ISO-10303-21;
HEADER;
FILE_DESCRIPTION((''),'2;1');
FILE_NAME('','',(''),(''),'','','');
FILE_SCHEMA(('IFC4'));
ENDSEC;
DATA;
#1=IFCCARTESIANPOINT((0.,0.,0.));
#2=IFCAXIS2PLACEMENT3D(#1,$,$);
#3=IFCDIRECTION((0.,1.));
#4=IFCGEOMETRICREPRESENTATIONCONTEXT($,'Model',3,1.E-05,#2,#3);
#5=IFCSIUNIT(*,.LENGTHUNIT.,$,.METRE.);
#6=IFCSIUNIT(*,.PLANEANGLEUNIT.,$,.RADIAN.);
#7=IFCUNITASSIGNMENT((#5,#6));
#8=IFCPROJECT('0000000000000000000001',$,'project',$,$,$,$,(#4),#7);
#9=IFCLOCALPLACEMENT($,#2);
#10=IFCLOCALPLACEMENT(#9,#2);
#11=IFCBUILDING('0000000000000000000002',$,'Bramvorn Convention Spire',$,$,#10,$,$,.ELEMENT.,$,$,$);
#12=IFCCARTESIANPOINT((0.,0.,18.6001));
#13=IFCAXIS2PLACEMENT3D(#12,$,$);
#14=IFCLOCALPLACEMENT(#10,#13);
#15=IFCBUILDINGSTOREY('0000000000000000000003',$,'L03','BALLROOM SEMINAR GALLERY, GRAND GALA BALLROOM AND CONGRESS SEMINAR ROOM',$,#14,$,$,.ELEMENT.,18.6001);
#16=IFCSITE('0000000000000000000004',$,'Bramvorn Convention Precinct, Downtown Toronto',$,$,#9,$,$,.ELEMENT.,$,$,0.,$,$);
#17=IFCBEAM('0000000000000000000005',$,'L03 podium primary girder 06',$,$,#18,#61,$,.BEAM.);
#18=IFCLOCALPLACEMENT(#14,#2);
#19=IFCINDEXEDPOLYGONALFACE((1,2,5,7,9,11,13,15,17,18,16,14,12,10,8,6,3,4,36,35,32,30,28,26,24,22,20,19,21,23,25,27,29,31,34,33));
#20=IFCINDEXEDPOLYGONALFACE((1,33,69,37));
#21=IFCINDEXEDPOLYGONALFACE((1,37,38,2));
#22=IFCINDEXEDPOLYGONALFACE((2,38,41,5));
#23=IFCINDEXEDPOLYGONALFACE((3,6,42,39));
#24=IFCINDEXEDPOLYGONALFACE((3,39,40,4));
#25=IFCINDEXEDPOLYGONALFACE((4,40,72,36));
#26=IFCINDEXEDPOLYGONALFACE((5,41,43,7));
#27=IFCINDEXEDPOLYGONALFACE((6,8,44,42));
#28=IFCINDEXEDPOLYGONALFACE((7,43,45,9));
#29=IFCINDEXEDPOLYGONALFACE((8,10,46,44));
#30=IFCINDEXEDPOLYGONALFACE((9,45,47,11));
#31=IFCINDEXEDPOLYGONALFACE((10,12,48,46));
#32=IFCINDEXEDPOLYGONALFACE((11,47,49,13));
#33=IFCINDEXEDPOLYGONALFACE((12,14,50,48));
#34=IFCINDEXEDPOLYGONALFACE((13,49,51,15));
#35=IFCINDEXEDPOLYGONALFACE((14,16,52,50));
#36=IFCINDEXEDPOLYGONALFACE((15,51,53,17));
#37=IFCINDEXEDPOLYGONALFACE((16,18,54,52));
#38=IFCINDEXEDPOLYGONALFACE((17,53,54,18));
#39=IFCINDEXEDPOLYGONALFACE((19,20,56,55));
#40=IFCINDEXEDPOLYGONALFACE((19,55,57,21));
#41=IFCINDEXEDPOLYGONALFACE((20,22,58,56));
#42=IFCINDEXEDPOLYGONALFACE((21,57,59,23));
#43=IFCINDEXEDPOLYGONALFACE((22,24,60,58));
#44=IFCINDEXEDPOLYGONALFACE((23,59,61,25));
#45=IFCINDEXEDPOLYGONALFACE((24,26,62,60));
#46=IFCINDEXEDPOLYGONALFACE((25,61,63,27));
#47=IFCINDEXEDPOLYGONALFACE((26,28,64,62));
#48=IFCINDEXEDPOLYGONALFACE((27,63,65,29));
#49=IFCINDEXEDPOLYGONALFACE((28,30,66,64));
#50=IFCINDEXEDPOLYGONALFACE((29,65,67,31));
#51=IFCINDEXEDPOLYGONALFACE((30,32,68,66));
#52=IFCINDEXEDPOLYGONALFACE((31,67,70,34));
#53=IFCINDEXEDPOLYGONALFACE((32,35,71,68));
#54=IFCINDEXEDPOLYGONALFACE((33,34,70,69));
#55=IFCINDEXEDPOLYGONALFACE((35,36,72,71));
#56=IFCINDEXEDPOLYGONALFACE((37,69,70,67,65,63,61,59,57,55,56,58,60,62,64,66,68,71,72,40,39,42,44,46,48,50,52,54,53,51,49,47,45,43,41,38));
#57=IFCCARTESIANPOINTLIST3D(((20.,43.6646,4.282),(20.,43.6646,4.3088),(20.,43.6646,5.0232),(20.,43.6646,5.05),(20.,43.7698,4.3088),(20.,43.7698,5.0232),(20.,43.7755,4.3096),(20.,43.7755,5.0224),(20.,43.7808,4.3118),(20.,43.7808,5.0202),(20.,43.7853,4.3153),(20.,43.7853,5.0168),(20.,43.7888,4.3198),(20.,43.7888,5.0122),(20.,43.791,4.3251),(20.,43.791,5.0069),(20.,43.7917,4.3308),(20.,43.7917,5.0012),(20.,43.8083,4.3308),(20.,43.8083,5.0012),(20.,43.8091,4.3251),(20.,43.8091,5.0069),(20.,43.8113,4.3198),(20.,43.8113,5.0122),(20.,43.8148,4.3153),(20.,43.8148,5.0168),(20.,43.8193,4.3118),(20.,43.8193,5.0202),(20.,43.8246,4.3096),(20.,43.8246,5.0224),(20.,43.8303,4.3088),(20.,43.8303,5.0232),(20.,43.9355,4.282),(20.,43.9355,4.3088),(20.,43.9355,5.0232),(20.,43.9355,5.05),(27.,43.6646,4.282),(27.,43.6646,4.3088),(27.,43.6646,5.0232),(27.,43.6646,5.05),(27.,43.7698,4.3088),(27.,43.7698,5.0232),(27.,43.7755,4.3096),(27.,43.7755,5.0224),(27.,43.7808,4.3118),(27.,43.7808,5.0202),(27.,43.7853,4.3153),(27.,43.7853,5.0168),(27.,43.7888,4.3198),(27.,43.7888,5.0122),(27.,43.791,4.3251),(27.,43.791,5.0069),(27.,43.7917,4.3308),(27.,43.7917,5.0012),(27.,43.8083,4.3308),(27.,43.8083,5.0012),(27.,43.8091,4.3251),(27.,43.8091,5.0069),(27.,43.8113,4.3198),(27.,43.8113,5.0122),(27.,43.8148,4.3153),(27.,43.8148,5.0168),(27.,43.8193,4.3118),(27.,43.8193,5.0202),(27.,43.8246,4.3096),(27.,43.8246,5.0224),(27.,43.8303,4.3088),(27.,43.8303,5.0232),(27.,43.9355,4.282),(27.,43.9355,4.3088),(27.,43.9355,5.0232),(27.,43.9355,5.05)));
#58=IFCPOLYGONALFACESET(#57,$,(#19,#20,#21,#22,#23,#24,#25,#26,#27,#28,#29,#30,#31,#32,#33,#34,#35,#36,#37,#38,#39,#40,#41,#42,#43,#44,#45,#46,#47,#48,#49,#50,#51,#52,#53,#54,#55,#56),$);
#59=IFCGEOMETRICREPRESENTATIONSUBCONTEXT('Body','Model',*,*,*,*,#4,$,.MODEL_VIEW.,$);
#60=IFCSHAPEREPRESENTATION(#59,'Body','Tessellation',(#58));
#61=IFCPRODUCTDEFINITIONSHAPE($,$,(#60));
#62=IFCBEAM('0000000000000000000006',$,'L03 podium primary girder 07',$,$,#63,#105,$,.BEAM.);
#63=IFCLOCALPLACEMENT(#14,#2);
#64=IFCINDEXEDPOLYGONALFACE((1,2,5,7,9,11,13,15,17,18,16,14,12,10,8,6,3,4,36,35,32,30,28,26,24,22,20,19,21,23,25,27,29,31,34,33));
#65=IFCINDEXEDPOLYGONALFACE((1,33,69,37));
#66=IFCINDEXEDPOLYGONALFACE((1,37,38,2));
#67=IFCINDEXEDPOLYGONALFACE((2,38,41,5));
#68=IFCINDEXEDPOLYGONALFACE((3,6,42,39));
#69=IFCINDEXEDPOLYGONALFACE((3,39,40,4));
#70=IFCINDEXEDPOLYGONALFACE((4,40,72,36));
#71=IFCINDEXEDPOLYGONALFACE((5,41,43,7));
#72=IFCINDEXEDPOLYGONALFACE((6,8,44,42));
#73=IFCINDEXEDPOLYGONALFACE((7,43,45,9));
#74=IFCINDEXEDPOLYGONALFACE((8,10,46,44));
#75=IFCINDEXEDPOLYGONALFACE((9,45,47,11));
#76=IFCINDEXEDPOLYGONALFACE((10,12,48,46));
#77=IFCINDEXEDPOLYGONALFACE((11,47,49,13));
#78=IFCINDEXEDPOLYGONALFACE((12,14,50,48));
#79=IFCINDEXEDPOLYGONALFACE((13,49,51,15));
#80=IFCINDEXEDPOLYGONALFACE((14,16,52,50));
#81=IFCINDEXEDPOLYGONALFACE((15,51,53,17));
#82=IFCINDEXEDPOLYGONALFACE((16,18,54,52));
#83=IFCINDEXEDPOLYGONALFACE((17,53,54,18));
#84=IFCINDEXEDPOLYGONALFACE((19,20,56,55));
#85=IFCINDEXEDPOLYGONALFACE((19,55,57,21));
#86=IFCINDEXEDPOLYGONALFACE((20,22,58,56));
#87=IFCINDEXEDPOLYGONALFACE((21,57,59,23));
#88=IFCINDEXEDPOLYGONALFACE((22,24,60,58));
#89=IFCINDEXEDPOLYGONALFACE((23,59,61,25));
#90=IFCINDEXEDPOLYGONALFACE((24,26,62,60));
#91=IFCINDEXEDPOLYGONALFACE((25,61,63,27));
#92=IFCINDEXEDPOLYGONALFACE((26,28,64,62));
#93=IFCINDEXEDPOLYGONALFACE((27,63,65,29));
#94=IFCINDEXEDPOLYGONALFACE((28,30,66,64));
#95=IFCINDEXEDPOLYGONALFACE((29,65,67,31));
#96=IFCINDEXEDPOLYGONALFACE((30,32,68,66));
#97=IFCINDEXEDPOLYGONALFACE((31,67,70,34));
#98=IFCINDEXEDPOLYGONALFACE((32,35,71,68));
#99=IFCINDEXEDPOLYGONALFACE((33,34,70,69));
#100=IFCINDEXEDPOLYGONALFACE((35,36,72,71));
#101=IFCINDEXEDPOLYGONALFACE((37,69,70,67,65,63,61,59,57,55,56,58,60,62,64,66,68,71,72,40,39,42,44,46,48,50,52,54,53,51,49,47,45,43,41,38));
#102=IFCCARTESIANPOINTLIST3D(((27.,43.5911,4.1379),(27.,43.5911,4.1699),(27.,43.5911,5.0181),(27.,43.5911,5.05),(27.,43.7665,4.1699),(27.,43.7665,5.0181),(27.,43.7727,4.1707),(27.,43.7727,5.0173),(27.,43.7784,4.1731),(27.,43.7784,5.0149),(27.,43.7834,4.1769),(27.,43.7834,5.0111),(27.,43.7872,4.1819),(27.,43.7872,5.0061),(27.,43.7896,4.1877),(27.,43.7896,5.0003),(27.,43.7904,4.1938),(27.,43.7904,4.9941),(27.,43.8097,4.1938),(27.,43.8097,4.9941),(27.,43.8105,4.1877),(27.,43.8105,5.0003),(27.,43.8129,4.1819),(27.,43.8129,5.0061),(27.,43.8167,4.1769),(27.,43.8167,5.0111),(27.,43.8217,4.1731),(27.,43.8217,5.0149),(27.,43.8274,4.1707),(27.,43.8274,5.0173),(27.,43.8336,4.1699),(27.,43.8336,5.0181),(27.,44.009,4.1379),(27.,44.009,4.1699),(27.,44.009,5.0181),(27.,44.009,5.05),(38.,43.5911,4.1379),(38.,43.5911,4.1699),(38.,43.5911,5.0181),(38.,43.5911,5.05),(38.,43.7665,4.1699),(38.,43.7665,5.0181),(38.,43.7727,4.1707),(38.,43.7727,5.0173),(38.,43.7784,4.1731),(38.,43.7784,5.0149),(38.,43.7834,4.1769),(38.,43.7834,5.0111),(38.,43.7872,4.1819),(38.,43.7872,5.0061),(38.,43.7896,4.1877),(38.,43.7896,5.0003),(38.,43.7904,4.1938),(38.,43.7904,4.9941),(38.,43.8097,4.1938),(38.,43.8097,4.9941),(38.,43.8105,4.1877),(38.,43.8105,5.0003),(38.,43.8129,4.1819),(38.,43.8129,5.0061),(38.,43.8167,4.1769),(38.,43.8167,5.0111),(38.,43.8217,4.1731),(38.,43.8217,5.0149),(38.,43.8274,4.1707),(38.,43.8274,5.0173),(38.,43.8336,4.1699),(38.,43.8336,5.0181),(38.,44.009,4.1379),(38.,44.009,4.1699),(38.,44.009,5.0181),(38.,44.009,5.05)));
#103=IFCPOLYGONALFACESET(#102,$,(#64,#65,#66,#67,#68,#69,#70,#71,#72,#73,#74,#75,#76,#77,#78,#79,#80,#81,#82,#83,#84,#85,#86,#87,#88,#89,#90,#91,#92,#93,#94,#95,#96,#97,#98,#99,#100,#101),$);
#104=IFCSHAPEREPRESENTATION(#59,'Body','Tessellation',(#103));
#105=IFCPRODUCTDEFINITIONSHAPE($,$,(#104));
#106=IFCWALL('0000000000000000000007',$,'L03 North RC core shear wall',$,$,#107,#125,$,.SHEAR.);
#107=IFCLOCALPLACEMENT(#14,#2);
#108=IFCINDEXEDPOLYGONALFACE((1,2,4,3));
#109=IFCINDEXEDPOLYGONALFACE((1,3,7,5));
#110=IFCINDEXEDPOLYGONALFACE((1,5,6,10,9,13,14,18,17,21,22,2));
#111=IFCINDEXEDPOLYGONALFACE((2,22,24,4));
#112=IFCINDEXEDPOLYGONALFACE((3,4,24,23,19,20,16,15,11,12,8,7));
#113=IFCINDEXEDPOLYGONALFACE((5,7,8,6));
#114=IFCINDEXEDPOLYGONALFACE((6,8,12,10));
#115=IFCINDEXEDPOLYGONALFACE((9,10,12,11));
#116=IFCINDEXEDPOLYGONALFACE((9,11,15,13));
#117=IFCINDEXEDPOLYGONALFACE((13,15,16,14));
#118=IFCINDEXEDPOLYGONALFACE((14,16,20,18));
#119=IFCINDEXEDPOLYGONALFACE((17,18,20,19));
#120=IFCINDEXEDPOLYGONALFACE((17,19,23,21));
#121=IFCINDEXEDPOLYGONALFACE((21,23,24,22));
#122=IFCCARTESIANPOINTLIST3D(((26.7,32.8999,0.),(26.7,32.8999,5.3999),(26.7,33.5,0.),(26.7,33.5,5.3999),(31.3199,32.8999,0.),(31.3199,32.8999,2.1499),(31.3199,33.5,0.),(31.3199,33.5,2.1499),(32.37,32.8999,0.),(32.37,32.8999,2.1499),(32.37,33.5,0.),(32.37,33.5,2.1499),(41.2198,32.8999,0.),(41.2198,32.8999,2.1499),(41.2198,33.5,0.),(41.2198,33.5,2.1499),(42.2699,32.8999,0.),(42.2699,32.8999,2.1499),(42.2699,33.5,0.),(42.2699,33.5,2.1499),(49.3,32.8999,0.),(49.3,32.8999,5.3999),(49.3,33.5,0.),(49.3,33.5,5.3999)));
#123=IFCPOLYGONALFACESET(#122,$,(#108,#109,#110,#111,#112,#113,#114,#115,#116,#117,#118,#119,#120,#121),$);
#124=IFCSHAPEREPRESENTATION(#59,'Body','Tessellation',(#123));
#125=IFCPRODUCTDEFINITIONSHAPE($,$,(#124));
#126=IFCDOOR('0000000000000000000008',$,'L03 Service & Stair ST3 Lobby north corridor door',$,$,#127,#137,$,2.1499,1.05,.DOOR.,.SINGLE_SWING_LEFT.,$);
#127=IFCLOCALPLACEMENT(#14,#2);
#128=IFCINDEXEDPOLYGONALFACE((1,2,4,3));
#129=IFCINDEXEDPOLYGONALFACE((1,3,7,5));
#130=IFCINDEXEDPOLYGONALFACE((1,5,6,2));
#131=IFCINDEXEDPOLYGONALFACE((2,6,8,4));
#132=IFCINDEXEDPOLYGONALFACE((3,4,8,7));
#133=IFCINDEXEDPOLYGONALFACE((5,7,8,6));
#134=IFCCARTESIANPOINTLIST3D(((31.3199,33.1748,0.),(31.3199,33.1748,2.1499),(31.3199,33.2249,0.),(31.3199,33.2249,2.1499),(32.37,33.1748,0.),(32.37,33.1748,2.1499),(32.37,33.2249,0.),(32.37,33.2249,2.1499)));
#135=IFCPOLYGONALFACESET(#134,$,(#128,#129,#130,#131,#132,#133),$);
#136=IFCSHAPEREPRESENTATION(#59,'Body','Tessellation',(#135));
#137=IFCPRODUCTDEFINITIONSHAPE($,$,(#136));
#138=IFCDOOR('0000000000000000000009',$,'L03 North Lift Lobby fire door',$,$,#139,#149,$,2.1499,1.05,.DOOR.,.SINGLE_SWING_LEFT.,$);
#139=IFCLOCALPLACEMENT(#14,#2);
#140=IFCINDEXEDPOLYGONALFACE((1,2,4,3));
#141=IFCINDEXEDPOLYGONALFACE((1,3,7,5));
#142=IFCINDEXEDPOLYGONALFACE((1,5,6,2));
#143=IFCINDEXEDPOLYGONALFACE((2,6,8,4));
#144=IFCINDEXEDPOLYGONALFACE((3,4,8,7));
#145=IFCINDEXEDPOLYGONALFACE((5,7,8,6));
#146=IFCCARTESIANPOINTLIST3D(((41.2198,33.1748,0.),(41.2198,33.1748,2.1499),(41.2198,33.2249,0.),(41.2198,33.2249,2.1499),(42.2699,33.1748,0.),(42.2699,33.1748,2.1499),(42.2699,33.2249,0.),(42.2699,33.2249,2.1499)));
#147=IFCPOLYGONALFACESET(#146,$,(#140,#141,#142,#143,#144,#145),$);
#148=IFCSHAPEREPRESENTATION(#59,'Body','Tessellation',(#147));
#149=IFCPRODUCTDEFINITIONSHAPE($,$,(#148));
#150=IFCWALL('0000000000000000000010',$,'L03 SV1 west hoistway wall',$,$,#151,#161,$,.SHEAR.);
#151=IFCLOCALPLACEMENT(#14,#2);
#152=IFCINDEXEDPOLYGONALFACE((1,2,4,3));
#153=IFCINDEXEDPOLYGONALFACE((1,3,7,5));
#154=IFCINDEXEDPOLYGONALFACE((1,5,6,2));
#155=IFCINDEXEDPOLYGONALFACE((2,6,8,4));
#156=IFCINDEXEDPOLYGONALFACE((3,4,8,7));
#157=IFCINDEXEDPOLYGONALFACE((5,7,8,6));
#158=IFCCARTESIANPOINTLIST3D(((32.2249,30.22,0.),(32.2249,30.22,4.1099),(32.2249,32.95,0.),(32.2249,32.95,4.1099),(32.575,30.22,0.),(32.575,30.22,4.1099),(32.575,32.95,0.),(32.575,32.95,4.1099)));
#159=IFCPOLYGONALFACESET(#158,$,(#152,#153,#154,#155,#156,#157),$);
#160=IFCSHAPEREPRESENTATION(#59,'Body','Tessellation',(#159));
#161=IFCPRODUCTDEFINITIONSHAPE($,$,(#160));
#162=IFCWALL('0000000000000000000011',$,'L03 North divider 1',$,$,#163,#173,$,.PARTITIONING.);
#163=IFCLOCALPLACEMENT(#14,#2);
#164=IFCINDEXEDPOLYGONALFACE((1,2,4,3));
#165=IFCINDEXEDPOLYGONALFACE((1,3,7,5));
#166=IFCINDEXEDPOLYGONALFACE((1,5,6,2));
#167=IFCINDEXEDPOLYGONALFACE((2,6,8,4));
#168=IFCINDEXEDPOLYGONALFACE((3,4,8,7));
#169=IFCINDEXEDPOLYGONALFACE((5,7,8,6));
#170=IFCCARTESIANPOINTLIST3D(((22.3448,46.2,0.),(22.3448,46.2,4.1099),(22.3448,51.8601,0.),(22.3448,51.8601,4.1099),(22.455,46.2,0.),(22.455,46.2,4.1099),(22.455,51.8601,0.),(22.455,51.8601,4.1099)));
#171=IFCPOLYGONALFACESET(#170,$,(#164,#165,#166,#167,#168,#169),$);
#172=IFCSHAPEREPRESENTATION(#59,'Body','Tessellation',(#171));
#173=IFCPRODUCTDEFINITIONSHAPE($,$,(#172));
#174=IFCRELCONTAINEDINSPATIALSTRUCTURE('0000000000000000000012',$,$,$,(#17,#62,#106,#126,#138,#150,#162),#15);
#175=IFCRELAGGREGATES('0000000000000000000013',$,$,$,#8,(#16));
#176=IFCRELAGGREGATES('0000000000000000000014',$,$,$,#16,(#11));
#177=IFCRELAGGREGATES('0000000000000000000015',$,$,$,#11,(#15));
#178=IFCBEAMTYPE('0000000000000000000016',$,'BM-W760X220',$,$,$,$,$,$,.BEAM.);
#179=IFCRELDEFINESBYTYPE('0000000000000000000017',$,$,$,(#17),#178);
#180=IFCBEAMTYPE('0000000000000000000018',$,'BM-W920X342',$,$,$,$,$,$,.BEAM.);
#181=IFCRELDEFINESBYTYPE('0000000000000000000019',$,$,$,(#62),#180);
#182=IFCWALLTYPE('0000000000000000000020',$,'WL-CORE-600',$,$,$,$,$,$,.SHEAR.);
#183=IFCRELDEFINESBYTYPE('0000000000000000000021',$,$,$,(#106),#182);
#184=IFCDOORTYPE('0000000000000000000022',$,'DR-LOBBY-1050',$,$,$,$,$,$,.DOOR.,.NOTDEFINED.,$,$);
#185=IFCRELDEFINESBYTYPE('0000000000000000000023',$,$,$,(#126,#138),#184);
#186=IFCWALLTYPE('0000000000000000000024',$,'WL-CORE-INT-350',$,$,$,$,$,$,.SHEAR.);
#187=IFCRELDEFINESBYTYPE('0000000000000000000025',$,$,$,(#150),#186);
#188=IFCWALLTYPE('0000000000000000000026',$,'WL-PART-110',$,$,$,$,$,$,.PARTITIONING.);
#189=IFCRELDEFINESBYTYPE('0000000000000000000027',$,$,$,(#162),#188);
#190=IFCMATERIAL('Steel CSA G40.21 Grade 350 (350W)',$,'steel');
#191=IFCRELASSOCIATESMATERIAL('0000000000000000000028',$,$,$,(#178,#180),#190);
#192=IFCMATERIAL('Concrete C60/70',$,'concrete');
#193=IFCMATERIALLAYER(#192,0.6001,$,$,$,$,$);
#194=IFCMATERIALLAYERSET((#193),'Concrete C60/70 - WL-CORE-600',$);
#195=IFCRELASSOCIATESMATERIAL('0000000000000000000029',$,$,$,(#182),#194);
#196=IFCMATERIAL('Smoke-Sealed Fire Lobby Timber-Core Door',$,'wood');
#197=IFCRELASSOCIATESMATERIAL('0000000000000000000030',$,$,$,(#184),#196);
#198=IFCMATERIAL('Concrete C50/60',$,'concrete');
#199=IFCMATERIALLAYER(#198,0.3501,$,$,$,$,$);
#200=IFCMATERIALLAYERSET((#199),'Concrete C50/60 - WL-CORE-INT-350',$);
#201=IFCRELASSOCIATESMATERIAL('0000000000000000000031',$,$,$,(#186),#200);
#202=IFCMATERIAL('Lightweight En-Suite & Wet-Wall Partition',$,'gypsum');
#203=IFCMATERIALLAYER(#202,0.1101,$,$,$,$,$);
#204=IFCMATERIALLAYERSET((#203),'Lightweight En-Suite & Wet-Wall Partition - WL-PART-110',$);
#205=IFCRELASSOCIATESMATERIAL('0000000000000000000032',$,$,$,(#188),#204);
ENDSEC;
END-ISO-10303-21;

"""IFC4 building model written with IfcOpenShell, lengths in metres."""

from ifc_helpers import new_model, si_unit, direction, frame, frame_2d, origin, origin_2d, place, context, subcontext, project, spatial, rectangle, i_section, extrude, material, layer, layer_set, material_profile, profile_set, type_object, element, fill, save


model = new_model("IFC4")

# Units and contexts
model_context = context("Model", 3, precision=1e-05, world=origin(), true_north=direction((0.0, 1.0)))
body_context = subcontext(model_context, "Body", "Model", "MODEL_VIEW")
ifc_project = project(units=[si_unit("LENGTHUNIT", "METRE"), si_unit("PLANEANGLEUNIT", "RADIAN")], contexts=[model_context])

# Site, building, storey
site_placement = place(None, origin())
site = spatial("IfcSite", under=ifc_project, at=site_placement, Name="Bramvorn Convention Precinct, Downtown Toronto", CompositionType="ELEMENT", RefElevation=0.0)
building_placement = place(site_placement, origin())
building = spatial("IfcBuilding", under=site, at=building_placement, Name="Bramvorn Convention Spire", CompositionType="ELEMENT")
storey_placement = place(building_placement, frame((0.0, 0.0, 18.6001)))
storey = spatial("IfcBuildingStorey", under=building, at=storey_placement, Name="L03", Description="BALLROOM SEMINAR GALLERY, GRAND GALA BALLROOM AND CONGRESS SEMINAR ROOM", CompositionType="ELEMENT", Elevation=18.6001)

# Shared definitions
ifc_material_1 = material(Name="Steel CSA G40.21 Grade 350 (350W)", Category="steel")
ifc_material_2 = material(Name="Concrete C60/70", Category="concrete")

# Beams
ifc_material_profile_1 = material_profile(ifc_material_1, i_section(OverallWidth=0.271, OverallDepth=0.7681, WebThickness=0.0166, FlangeThickness=0.0269, FilletRadius=0.022, at=origin_2d()))
ifc_profile_set_1 = profile_set([ifc_material_profile_1], Name="Steel CSA G40.21 Grade 350 (350W) - W760X220")
beam_type_1 = type_object("IfcBeamType", Name="BM-W760X220", PredefinedType="BEAM", material=ifc_profile_set_1)
beam_1_placement = place(storey_placement, frame((20.0, 43.8, 4.666), z_axis=(1.0, 0.0, 0.0), x_axis=(0.0, 1.0, 0.0)))
element("IfcBeam", 1, at=beam_1_placement, inside=storey, type_object=beam_type_1, Name="L03 podium primary girder 06", PredefinedType="BEAM", context=body_context, shape_type="SweptSolid", body=[
    extrude(i_section(OverallWidth=0.271, OverallDepth=0.7681, WebThickness=0.0166, FlangeThickness=0.0269, FilletRadius=0.022, at=origin_2d()), origin(), (0.0, 0.0, 1.0), 7.0),
])
ifc_material_profile_2 = material_profile(ifc_material_1, i_section(OverallWidth=0.418, OverallDepth=0.9121, WebThickness=0.0193, FlangeThickness=0.032, FilletRadius=0.0239, at=origin_2d()))
ifc_profile_set_2 = profile_set([ifc_material_profile_2], Name="Steel CSA G40.21 Grade 350 (350W) - W920X342")
beam_type_2 = type_object("IfcBeamType", Name="BM-W920X342", PredefinedType="BEAM", material=ifc_profile_set_2)
beam_2_placement = place(storey_placement, frame((27.0, 43.8, 4.594), z_axis=(1.0, 0.0, 0.0), x_axis=(0.0, 1.0, 0.0)))
element("IfcBeam", 2, at=beam_2_placement, inside=storey, type_object=beam_type_2, Name="L03 podium primary girder 07", PredefinedType="BEAM", context=body_context, shape_type="SweptSolid", body=[
    extrude(i_section(OverallWidth=0.418, OverallDepth=0.9121, WebThickness=0.0193, FlangeThickness=0.032, FilletRadius=0.0239, at=origin_2d()), origin(), (0.0, 0.0, 1.0), 11.0),
])

# Wall, openings, doors
ifc_layer_1 = layer(ifc_material_2, 0.6001)
ifc_layer_set_1 = layer_set([ifc_layer_1], Name="Concrete C60/70 - WL-CORE-600")
wall_type_1 = type_object("IfcWallType", Name="WL-CORE-600", PredefinedType="SHEAR", material=ifc_layer_set_1)
wall_1_placement = place(storey_placement, frame((26.7, 33.2, 0.0), z_axis=(0.0, 0.0, 1.0), x_axis=(1.0, 0.0, 0.0)))
wall_1 = element("IfcWall", 3, at=wall_1_placement, inside=storey, type_object=wall_type_1, Name="L03 North RC core shear wall", PredefinedType="SHEAR", context=body_context, shape_type="SweptSolid", body=[
    extrude(rectangle(XDim=22.6001, YDim=0.6001, at=frame_2d((11.3, 0.0))), origin(), (0.0, 0.0, 1.0), 5.3999),
])
opening_1_placement = place(wall_1_placement, frame((4.6201, 0.0, 0.0)))
opening_1 = element("IfcOpeningElement", 4, at=opening_1_placement, cuts=wall_1, PredefinedType="OPENING", context=body_context, shape_type="SweptSolid", body=[
    extrude(rectangle(XDim=1.05, YDim=2.1499, at=frame_2d((0.5249, 1.075))), frame((0.0, 0.3101, 0.0), z_axis=(0.0, -1.0, 0.0), x_axis=(1.0, 0.0, 0.0)), (0.0, 0.0, 1.0), 0.6201),
])
opening_2_placement = place(wall_1_placement, frame((14.52, 0.0, 0.0)))
opening_2 = element("IfcOpeningElement", 5, at=opening_2_placement, cuts=wall_1, PredefinedType="OPENING", context=body_context, shape_type="SweptSolid", body=[
    extrude(rectangle(XDim=1.05, YDim=2.1499, at=frame_2d((0.5249, 1.075))), frame((0.0, 0.3101, 0.0), z_axis=(0.0, -1.0, 0.0), x_axis=(1.0, 0.0, 0.0)), (0.0, 0.0, 1.0), 0.6201),
])
ifc_material_3 = material(Name="Smoke-Sealed Fire Lobby Timber-Core Door", Category="wood")
door_type_1 = type_object("IfcDoorType", Name="DR-LOBBY-1050", OperationType="NOTDEFINED", PredefinedType="DOOR", material=ifc_material_3)
door_1_placement = place(opening_1_placement, origin())
door_1 = element("IfcDoor", 6, at=door_1_placement, inside=storey, type_object=door_type_1, Name="L03 Service & Stair ST3 Lobby north corridor door", OperationType="SINGLE_SWING_LEFT", OverallHeight=2.1499, OverallWidth=1.05, PredefinedType="DOOR", context=body_context, shape_type="SweptSolid", body=[
    extrude(rectangle(XDim=1.05, YDim=2.1499, at=frame_2d((0.5249, 1.075))), frame((0.0, 0.0249, 0.0), z_axis=(0.0, -1.0, 0.0), x_axis=(1.0, 0.0, 0.0)), (0.0, 0.0, 1.0), 0.05),
])
fill(opening_1, door_1)
door_2_placement = place(opening_2_placement, origin())
door_2 = element("IfcDoor", 7, at=door_2_placement, inside=storey, type_object=door_type_1, Name="L03 North Lift Lobby fire door", OperationType="SINGLE_SWING_LEFT", OverallHeight=2.1499, OverallWidth=1.05, PredefinedType="DOOR", context=body_context, shape_type="SweptSolid", body=[
    extrude(rectangle(XDim=1.05, YDim=2.1499, at=frame_2d((0.5249, 1.075))), frame((0.0, 0.0249, 0.0), z_axis=(0.0, -1.0, 0.0), x_axis=(1.0, 0.0, 0.0)), (0.0, 0.0, 1.0), 0.05),
])
fill(opening_2, door_2)

# Shared definitions
ifc_material_4 = material(Name="Concrete C50/60", Category="concrete")
ifc_layer_2 = layer(ifc_material_4, 0.3501)
ifc_layer_set_2 = layer_set([ifc_layer_2], Name="Concrete C50/60 - WL-CORE-INT-350")
wall_type_2 = type_object("IfcWallType", Name="WL-CORE-INT-350", PredefinedType="SHEAR", material=ifc_layer_set_2)

# Walls
wall_2_placement = place(storey_placement, frame((32.3999, 30.22, 0.0), z_axis=(0.0, 0.0, 1.0), x_axis=(0.0, 1.0, 0.0)))
element("IfcWall", 8, at=wall_2_placement, inside=storey, type_object=wall_type_2, Name="L03 SV1 west hoistway wall", PredefinedType="SHEAR", context=body_context, shape_type="SweptSolid", body=[
    extrude(rectangle(XDim=2.73, YDim=0.3501, at=frame_2d((1.365, 0.0))), origin(), (0.0, 0.0, 1.0), 4.1099),
])
ifc_material_5 = material(Name="Lightweight En-Suite & Wet-Wall Partition", Category="gypsum")
ifc_layer_3 = layer(ifc_material_5, 0.1101)
ifc_layer_set_3 = layer_set([ifc_layer_3], Name="Lightweight En-Suite & Wet-Wall Partition - WL-PART-110")
wall_type_3 = type_object("IfcWallType", Name="WL-PART-110", PredefinedType="PARTITIONING", material=ifc_layer_set_3)
wall_3_placement = place(storey_placement, frame((22.3999, 46.2, 0.0), z_axis=(0.0, 0.0, 1.0), x_axis=(0.0, 1.0, 0.0)))
element("IfcWall", 9, at=wall_3_placement, inside=storey, type_object=wall_type_3, Name="L03 North divider 1", PredefinedType="PARTITIONING", context=body_context, shape_type="SweptSolid", body=[
    extrude(rectangle(XDim=5.6602, YDim=0.1101, at=frame_2d((2.8301, 0.0))), origin(), (0.0, 0.0, 1.0), 4.1099),
])

save(model, "model.ifc")
